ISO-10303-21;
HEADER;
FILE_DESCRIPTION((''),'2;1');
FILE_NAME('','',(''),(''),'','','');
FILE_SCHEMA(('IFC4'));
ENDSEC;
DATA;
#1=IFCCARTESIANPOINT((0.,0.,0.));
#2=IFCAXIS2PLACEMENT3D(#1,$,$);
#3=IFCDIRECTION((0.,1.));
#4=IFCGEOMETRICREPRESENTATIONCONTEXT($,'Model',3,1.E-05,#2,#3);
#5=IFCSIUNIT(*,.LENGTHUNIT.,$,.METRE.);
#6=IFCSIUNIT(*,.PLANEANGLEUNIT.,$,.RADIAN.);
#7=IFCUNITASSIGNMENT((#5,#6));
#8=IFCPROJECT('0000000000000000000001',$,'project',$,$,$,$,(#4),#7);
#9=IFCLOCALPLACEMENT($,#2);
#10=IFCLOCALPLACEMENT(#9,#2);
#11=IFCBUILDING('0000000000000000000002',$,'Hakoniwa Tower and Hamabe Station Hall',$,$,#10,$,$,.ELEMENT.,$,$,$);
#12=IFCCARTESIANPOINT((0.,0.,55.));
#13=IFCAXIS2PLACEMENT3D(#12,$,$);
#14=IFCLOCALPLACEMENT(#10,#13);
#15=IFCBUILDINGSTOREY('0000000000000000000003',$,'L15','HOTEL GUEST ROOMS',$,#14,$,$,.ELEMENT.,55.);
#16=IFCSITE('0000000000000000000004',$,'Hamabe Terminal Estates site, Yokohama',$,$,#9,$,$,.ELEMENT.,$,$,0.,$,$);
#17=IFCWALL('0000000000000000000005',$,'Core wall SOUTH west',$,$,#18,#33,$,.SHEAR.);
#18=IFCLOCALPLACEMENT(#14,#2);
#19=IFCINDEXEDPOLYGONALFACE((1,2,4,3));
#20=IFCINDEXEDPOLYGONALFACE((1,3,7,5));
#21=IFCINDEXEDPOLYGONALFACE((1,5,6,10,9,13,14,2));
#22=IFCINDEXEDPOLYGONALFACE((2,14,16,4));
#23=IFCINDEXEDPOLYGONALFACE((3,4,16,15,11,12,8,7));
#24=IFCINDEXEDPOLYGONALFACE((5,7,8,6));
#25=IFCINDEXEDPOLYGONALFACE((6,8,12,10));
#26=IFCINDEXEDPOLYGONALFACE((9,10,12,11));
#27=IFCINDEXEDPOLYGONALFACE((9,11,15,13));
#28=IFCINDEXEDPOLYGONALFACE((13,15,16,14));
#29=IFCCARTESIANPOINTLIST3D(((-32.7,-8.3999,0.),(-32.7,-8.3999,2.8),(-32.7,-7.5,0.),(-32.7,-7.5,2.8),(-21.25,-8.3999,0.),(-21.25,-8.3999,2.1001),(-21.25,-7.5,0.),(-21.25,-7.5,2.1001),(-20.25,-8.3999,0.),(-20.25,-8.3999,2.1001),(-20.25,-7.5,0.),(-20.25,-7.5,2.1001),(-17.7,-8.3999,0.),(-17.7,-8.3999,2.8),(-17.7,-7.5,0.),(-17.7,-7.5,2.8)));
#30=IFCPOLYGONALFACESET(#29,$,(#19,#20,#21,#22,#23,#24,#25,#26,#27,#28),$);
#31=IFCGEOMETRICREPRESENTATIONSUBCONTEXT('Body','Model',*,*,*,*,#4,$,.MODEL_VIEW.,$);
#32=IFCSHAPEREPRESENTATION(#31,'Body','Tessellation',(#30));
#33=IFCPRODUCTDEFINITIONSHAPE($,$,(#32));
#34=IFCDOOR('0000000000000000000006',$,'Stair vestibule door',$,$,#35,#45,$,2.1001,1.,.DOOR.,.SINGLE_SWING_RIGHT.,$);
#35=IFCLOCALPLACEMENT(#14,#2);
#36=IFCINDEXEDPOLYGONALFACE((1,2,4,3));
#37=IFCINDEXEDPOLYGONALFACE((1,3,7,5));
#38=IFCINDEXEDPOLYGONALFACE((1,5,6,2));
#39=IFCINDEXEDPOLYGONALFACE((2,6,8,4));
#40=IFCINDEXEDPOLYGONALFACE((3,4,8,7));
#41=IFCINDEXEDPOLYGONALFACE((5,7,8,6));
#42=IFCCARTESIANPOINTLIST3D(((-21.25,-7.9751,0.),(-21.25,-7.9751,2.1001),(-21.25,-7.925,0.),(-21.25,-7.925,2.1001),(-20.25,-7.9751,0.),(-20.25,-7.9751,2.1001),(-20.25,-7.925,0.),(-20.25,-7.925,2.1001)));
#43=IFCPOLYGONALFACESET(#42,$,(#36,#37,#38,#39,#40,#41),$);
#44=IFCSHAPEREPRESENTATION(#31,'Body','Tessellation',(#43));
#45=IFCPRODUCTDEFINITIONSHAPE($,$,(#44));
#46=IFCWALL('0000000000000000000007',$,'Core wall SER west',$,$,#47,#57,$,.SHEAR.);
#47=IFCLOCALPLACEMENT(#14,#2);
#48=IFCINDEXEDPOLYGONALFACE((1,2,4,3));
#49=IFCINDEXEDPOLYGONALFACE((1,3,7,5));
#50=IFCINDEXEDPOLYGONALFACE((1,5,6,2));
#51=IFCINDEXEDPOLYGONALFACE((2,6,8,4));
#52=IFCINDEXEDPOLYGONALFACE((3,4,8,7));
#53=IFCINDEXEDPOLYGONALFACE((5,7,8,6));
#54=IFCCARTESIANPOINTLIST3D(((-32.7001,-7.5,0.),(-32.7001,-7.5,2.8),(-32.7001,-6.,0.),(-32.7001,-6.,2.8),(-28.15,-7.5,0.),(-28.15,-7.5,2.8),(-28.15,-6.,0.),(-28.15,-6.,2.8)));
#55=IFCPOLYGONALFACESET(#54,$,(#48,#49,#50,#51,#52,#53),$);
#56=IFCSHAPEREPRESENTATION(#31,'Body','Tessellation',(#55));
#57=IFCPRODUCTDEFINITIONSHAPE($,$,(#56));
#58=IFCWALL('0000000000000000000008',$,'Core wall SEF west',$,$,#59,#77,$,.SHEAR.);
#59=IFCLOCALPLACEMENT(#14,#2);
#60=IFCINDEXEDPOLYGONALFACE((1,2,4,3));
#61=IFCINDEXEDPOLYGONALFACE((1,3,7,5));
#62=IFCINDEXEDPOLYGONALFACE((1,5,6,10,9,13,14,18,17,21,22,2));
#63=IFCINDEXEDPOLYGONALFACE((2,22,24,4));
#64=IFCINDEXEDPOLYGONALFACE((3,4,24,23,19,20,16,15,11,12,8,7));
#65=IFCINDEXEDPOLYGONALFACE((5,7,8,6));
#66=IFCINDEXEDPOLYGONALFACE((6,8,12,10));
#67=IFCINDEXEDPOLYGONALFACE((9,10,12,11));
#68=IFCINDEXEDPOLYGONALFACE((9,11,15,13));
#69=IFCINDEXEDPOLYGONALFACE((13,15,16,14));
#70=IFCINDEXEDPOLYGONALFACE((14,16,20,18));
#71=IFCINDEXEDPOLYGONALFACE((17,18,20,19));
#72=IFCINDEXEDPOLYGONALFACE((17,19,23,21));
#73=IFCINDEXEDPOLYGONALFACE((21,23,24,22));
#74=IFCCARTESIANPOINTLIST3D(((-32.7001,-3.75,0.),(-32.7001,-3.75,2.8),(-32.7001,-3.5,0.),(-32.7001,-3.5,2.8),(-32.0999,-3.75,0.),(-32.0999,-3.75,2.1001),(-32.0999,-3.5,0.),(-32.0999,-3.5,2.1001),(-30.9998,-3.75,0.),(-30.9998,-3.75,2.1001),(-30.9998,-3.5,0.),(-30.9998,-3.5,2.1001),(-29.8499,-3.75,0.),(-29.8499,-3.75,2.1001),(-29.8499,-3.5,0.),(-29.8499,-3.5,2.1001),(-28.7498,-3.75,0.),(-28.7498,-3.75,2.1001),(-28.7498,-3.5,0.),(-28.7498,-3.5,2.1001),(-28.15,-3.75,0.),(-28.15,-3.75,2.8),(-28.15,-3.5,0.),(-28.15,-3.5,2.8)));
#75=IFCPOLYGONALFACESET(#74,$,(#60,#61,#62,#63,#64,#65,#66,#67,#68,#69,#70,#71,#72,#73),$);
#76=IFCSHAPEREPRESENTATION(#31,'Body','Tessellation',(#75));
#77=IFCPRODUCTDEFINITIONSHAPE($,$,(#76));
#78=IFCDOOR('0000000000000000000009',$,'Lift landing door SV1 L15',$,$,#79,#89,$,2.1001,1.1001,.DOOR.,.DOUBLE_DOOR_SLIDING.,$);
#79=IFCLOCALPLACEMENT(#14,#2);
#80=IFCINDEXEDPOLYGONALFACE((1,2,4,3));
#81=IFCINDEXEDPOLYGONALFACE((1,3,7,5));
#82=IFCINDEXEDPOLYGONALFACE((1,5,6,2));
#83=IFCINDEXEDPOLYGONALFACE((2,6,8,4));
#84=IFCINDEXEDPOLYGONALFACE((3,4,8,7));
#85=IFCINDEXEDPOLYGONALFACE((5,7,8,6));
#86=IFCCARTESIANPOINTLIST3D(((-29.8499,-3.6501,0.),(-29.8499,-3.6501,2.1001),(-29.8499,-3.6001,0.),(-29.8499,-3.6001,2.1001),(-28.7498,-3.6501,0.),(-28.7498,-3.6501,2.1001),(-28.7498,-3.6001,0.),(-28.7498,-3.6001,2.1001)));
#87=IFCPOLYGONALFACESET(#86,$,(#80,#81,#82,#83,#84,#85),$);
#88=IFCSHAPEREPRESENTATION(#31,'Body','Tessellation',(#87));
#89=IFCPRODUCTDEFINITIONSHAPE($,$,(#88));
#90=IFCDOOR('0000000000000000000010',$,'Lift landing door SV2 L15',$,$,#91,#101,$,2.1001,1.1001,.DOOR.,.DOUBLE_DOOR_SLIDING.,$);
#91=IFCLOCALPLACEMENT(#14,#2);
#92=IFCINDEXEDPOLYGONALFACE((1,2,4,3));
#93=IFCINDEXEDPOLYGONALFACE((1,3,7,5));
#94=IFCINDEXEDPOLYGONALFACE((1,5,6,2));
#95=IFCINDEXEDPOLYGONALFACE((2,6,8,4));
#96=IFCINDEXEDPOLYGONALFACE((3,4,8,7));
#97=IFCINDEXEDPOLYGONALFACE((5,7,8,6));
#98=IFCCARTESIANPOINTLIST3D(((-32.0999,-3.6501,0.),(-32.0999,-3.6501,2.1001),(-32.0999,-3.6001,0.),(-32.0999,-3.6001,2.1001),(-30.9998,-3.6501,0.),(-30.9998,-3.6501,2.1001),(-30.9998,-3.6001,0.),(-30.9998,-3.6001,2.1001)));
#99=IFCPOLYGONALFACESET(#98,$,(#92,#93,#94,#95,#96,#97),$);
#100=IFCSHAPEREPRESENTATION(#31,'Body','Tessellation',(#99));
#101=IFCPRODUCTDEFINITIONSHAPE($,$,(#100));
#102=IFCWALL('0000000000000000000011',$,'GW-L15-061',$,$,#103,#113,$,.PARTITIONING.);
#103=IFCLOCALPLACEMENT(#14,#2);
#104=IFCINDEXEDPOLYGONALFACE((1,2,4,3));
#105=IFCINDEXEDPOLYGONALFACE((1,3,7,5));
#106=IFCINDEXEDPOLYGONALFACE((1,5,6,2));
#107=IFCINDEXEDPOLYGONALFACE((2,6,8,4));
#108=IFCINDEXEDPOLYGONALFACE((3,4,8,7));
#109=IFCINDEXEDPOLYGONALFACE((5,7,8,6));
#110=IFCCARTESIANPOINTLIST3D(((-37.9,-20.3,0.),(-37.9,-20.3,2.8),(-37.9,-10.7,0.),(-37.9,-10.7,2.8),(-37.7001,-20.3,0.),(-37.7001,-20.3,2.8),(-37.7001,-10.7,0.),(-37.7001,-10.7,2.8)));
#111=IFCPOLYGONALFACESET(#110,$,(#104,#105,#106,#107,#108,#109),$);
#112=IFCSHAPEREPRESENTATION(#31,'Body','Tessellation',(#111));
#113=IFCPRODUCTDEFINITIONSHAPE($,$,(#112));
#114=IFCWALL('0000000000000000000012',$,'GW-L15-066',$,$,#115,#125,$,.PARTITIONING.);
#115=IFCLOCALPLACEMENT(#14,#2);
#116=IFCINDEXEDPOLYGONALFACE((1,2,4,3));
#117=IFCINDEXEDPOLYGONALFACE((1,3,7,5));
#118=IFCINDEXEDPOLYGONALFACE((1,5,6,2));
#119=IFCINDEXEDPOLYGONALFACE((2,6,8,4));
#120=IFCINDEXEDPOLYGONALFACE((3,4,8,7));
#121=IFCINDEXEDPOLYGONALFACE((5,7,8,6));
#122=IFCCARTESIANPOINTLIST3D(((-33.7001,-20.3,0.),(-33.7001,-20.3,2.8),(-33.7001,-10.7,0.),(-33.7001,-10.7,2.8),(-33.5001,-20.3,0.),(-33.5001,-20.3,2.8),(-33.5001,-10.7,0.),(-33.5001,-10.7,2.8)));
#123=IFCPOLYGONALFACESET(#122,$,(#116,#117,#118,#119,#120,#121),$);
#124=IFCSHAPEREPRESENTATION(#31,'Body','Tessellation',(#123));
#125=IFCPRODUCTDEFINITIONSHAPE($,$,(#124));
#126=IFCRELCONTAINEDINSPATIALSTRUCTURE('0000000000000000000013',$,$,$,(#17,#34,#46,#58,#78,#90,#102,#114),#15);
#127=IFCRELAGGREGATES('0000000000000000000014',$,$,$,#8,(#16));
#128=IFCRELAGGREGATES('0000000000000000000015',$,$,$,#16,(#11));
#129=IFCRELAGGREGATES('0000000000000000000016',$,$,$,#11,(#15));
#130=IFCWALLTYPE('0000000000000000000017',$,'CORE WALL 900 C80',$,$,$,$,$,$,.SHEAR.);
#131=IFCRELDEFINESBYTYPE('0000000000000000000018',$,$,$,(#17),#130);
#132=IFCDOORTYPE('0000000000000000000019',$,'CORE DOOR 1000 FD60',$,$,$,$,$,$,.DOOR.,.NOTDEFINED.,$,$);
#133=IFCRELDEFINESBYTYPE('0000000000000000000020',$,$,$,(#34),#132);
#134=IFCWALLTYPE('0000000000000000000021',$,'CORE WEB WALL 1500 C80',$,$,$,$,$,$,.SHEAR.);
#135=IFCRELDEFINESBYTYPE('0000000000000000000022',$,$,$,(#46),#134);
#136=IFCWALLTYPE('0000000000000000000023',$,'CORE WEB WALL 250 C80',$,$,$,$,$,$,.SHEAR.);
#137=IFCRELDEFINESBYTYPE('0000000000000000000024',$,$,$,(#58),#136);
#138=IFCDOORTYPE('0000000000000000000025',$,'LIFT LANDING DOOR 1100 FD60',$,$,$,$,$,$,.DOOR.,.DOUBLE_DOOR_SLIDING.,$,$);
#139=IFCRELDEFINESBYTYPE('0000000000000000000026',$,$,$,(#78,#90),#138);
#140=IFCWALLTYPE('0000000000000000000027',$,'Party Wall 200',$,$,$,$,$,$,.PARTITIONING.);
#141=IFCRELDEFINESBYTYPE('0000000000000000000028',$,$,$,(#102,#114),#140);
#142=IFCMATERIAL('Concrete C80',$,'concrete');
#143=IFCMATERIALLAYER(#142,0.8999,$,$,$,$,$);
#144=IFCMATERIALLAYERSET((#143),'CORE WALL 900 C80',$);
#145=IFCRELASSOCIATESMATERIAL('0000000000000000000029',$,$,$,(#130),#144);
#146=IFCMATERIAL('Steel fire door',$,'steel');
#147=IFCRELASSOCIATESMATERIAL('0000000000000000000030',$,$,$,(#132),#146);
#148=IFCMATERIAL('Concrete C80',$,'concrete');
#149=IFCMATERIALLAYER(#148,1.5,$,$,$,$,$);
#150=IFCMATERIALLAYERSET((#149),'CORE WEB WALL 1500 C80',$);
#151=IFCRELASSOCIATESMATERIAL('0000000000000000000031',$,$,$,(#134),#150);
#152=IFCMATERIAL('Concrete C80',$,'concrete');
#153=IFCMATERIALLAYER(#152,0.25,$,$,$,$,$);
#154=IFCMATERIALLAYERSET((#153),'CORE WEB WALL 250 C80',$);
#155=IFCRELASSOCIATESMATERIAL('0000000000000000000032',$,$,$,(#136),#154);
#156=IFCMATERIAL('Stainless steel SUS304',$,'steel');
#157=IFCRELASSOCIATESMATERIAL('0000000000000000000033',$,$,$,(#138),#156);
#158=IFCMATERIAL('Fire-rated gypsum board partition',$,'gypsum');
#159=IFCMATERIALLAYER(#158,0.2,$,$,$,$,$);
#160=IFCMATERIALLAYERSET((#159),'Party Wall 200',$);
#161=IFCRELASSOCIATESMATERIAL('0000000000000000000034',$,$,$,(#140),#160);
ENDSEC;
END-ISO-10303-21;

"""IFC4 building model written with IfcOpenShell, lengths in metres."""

from ifc_helpers import new_model, si_unit, direction, frame, frame_2d, origin, place, context, subcontext, project, spatial, rectangle, extrude, material, layer, layer_set, type_object, element, fill, save


model = new_model("IFC4")

# Units and contexts
model_context = context("Model", 3, precision=1e-05, world=origin(), true_north=direction((0.0, 1.0)))
body_context = subcontext(model_context, "Body", "Model", "MODEL_VIEW")
ifc_project = project(units=[si_unit("LENGTHUNIT", "METRE"), si_unit("PLANEANGLEUNIT", "RADIAN")], contexts=[model_context])

# Site, building, storey
site_placement = place(None, origin())
site = spatial("IfcSite", under=ifc_project, at=site_placement, Name="Hamabe Terminal Estates site, Yokohama", CompositionType="ELEMENT", RefElevation=0.0)
building_placement = place(site_placement, origin())
building = spatial("IfcBuilding", under=site, at=building_placement, Name="Hakoniwa Tower and Hamabe Station Hall", CompositionType="ELEMENT")
storey_placement = place(building_placement, frame((0.0, 0.0, 55.0)))
storey = spatial("IfcBuildingStorey", under=building, at=storey_placement, Name="L15", Description="HOTEL GUEST ROOMS", CompositionType="ELEMENT", Elevation=55.0)

# Shared definitions
ifc_material_1 = material(Name="Concrete C80", Category="concrete")
ifc_layer_1 = layer(ifc_material_1, 0.8999)
ifc_layer_set_1 = layer_set([ifc_layer_1], Name="CORE WALL 900 C80")
wall_type_1 = type_object("IfcWallType", Name="CORE WALL 900 C80", PredefinedType="SHEAR", material=ifc_layer_set_1)

# Wall, opening, door
wall_1_placement = place(storey_placement, frame((-32.7, -7.95, 0.0), z_axis=(0.0, 0.0, 1.0), x_axis=(1.0, 0.0, 0.0)))
wall_1 = element("IfcWall", 1, at=wall_1_placement, inside=storey, type_object=wall_type_1, Name="Core wall SOUTH west", PredefinedType="SHEAR", context=body_context, shape_type="SweptSolid", body=[
    extrude(rectangle(XDim=15.0, YDim=0.8999, at=frame_2d((7.5, 0.0))), origin(), (0.0, 0.0, 1.0), 2.8),
])
opening_1_placement = place(wall_1_placement, frame((11.45, 0.0, 0.0)))
opening_1 = element("IfcOpeningElement", 2, at=opening_1_placement, cuts=wall_1, PredefinedType="OPENING", context=body_context, shape_type="SweptSolid", body=[
    extrude(rectangle(XDim=1.0, YDim=2.1001, at=frame_2d((0.5, 1.05))), frame((0.0, 0.46, 0.0), z_axis=(0.0, -1.0, 0.0), x_axis=(1.0, 0.0, 0.0)), (0.0, 0.0, 1.0), 0.9199),
])
ifc_material_2 = material(Name="Steel fire door", Category="steel")
door_type_1 = type_object("IfcDoorType", Name="CORE DOOR 1000 FD60", OperationType="NOTDEFINED", PredefinedType="DOOR", material=ifc_material_2)
door_1_placement = place(opening_1_placement, origin())
door_1 = element("IfcDoor", 3, at=door_1_placement, inside=storey, type_object=door_type_1, Name="Stair vestibule door", OperationType="SINGLE_SWING_RIGHT", OverallHeight=2.1001, OverallWidth=1.0, PredefinedType="DOOR", context=body_context, shape_type="SweptSolid", body=[
    extrude(rectangle(XDim=1.0, YDim=2.1001, at=frame_2d((0.5, 1.05))), frame((0.0, 0.0249, 0.0), z_axis=(0.0, -1.0, 0.0), x_axis=(1.0, 0.0, 0.0)), (0.0, 0.0, 1.0), 0.05),
])
fill(opening_1, door_1)

# Wall
ifc_material_3 = material(Name="Concrete C80", Category="concrete")
ifc_layer_2 = layer(ifc_material_3, 1.5)
ifc_layer_set_2 = layer_set([ifc_layer_2], Name="CORE WEB WALL 1500 C80")
wall_type_2 = type_object("IfcWallType", Name="CORE WEB WALL 1500 C80", PredefinedType="SHEAR", material=ifc_layer_set_2)
wall_2_placement = place(storey_placement, frame((-32.7, -6.75, 0.0), z_axis=(0.0, 0.0, 1.0), x_axis=(1.0, 0.0, 0.0)))
element("IfcWall", 4, at=wall_2_placement, inside=storey, type_object=wall_type_2, Name="Core wall SER west", PredefinedType="SHEAR", context=body_context, shape_type="SweptSolid", body=[
    extrude(rectangle(XDim=4.55, YDim=1.5, at=frame_2d((2.2749, 0.0))), origin(), (0.0, 0.0, 1.0), 2.8),
])

# Wall, openings, doors
ifc_material_4 = material(Name="Concrete C80", Category="concrete")
ifc_layer_3 = layer(ifc_material_4, 0.25)
ifc_layer_set_3 = layer_set([ifc_layer_3], Name="CORE WEB WALL 250 C80")
wall_type_3 = type_object("IfcWallType", Name="CORE WEB WALL 250 C80", PredefinedType="SHEAR", material=ifc_layer_set_3)
wall_3_placement = place(storey_placement, frame((-32.7, -3.625, 0.0), z_axis=(0.0, 0.0, 1.0), x_axis=(1.0, 0.0, 0.0)))
wall_3 = element("IfcWall", 5, at=wall_3_placement, inside=storey, type_object=wall_type_3, Name="Core wall SEF west", PredefinedType="SHEAR", context=body_context, shape_type="SweptSolid", body=[
    extrude(rectangle(XDim=4.55, YDim=0.25, at=frame_2d((2.2749, 0.0))), origin(), (0.0, 0.0, 1.0), 2.8),
])
opening_2_placement = place(wall_3_placement, frame((2.8501, 0.0, 0.0)))
opening_2 = element("IfcOpeningElement", 6, at=opening_2_placement, cuts=wall_3, PredefinedType="OPENING", context=body_context, shape_type="SweptSolid", body=[
    extrude(rectangle(XDim=1.1001, YDim=2.1001, at=frame_2d((0.55, 1.05))), frame((0.0, 0.135, 0.0), z_axis=(0.0, -1.0, 0.0), x_axis=(1.0, 0.0, 0.0)), (0.0, 0.0, 1.0), 0.27),
])
opening_3_placement = place(wall_3_placement, frame((0.6001, 0.0, 0.0)))
opening_3 = element("IfcOpeningElement", 7, at=opening_3_placement, cuts=wall_3, PredefinedType="OPENING", context=body_context, shape_type="SweptSolid", body=[
    extrude(rectangle(XDim=1.1001, YDim=2.1001, at=frame_2d((0.55, 1.05))), frame((0.0, 0.135, 0.0), z_axis=(0.0, -1.0, 0.0), x_axis=(1.0, 0.0, 0.0)), (0.0, 0.0, 1.0), 0.27),
])
ifc_material_5 = material(Name="Stainless steel SUS304", Category="steel")
door_type_2 = type_object("IfcDoorType", Name="LIFT LANDING DOOR 1100 FD60", OperationType="DOUBLE_DOOR_SLIDING", PredefinedType="DOOR", material=ifc_material_5)
door_2_placement = place(opening_2_placement, origin())
door_2 = element("IfcDoor", 8, at=door_2_placement, inside=storey, type_object=door_type_2, Name="Lift landing door SV1 L15", OperationType="DOUBLE_DOOR_SLIDING", OverallHeight=2.1001, OverallWidth=1.1001, PredefinedType="DOOR", context=body_context, shape_type="SweptSolid", body=[
    extrude(rectangle(XDim=1.1001, YDim=2.1001, at=frame_2d((0.55, 1.05))), frame((0.0, 0.0249, 0.0), z_axis=(0.0, -1.0, 0.0), x_axis=(1.0, 0.0, 0.0)), (0.0, 0.0, 1.0), 0.05),
])
fill(opening_2, door_2)
door_3_placement = place(opening_3_placement, origin())
door_3 = element("IfcDoor", 9, at=door_3_placement, inside=storey, type_object=door_type_2, Name="Lift landing door SV2 L15", OperationType="DOUBLE_DOOR_SLIDING", OverallHeight=2.1001, OverallWidth=1.1001, PredefinedType="DOOR", context=body_context, shape_type="SweptSolid", body=[
    extrude(rectangle(XDim=1.1001, YDim=2.1001, at=frame_2d((0.55, 1.05))), frame((0.0, 0.0249, 0.0), z_axis=(0.0, -1.0, 0.0), x_axis=(1.0, 0.0, 0.0)), (0.0, 0.0, 1.0), 0.05),
])
fill(opening_3, door_3)

# Walls
ifc_material_6 = material(Name="Fire-rated gypsum board partition", Category="gypsum")
ifc_layer_4 = layer(ifc_material_6, 0.2)
ifc_layer_set_4 = layer_set([ifc_layer_4], Name="Party Wall 200")
wall_type_4 = type_object("IfcWallType", Name="Party Wall 200", PredefinedType="PARTITIONING", material=ifc_layer_set_4)
for number, where, z_axis, x_axis, name in (
    (10, (-37.8, -20.3, 0.0), (0.0, 0.0, 1.0), (0.0, 1.0, 0.0), "GW-L15-061"),
    (11, (-33.6001, -20.3, 0.0), (0.0, 0.0, 1.0), (0.0, 1.0, 0.0), "GW-L15-066"),
):
    element("IfcWall", number, at=place(storey_placement, frame(where, z_axis=z_axis, x_axis=x_axis)), inside=storey, type_object=wall_type_4, Name=name, PredefinedType="PARTITIONING", context=body_context, shape_type="SweptSolid", body=[
        extrude(rectangle(XDim=9.6001, YDim=0.2, at=frame_2d((4.8, 0.0))), origin(), (0.0, 0.0, 1.0), 2.8),
    ])

save(model, "model.ifc")
